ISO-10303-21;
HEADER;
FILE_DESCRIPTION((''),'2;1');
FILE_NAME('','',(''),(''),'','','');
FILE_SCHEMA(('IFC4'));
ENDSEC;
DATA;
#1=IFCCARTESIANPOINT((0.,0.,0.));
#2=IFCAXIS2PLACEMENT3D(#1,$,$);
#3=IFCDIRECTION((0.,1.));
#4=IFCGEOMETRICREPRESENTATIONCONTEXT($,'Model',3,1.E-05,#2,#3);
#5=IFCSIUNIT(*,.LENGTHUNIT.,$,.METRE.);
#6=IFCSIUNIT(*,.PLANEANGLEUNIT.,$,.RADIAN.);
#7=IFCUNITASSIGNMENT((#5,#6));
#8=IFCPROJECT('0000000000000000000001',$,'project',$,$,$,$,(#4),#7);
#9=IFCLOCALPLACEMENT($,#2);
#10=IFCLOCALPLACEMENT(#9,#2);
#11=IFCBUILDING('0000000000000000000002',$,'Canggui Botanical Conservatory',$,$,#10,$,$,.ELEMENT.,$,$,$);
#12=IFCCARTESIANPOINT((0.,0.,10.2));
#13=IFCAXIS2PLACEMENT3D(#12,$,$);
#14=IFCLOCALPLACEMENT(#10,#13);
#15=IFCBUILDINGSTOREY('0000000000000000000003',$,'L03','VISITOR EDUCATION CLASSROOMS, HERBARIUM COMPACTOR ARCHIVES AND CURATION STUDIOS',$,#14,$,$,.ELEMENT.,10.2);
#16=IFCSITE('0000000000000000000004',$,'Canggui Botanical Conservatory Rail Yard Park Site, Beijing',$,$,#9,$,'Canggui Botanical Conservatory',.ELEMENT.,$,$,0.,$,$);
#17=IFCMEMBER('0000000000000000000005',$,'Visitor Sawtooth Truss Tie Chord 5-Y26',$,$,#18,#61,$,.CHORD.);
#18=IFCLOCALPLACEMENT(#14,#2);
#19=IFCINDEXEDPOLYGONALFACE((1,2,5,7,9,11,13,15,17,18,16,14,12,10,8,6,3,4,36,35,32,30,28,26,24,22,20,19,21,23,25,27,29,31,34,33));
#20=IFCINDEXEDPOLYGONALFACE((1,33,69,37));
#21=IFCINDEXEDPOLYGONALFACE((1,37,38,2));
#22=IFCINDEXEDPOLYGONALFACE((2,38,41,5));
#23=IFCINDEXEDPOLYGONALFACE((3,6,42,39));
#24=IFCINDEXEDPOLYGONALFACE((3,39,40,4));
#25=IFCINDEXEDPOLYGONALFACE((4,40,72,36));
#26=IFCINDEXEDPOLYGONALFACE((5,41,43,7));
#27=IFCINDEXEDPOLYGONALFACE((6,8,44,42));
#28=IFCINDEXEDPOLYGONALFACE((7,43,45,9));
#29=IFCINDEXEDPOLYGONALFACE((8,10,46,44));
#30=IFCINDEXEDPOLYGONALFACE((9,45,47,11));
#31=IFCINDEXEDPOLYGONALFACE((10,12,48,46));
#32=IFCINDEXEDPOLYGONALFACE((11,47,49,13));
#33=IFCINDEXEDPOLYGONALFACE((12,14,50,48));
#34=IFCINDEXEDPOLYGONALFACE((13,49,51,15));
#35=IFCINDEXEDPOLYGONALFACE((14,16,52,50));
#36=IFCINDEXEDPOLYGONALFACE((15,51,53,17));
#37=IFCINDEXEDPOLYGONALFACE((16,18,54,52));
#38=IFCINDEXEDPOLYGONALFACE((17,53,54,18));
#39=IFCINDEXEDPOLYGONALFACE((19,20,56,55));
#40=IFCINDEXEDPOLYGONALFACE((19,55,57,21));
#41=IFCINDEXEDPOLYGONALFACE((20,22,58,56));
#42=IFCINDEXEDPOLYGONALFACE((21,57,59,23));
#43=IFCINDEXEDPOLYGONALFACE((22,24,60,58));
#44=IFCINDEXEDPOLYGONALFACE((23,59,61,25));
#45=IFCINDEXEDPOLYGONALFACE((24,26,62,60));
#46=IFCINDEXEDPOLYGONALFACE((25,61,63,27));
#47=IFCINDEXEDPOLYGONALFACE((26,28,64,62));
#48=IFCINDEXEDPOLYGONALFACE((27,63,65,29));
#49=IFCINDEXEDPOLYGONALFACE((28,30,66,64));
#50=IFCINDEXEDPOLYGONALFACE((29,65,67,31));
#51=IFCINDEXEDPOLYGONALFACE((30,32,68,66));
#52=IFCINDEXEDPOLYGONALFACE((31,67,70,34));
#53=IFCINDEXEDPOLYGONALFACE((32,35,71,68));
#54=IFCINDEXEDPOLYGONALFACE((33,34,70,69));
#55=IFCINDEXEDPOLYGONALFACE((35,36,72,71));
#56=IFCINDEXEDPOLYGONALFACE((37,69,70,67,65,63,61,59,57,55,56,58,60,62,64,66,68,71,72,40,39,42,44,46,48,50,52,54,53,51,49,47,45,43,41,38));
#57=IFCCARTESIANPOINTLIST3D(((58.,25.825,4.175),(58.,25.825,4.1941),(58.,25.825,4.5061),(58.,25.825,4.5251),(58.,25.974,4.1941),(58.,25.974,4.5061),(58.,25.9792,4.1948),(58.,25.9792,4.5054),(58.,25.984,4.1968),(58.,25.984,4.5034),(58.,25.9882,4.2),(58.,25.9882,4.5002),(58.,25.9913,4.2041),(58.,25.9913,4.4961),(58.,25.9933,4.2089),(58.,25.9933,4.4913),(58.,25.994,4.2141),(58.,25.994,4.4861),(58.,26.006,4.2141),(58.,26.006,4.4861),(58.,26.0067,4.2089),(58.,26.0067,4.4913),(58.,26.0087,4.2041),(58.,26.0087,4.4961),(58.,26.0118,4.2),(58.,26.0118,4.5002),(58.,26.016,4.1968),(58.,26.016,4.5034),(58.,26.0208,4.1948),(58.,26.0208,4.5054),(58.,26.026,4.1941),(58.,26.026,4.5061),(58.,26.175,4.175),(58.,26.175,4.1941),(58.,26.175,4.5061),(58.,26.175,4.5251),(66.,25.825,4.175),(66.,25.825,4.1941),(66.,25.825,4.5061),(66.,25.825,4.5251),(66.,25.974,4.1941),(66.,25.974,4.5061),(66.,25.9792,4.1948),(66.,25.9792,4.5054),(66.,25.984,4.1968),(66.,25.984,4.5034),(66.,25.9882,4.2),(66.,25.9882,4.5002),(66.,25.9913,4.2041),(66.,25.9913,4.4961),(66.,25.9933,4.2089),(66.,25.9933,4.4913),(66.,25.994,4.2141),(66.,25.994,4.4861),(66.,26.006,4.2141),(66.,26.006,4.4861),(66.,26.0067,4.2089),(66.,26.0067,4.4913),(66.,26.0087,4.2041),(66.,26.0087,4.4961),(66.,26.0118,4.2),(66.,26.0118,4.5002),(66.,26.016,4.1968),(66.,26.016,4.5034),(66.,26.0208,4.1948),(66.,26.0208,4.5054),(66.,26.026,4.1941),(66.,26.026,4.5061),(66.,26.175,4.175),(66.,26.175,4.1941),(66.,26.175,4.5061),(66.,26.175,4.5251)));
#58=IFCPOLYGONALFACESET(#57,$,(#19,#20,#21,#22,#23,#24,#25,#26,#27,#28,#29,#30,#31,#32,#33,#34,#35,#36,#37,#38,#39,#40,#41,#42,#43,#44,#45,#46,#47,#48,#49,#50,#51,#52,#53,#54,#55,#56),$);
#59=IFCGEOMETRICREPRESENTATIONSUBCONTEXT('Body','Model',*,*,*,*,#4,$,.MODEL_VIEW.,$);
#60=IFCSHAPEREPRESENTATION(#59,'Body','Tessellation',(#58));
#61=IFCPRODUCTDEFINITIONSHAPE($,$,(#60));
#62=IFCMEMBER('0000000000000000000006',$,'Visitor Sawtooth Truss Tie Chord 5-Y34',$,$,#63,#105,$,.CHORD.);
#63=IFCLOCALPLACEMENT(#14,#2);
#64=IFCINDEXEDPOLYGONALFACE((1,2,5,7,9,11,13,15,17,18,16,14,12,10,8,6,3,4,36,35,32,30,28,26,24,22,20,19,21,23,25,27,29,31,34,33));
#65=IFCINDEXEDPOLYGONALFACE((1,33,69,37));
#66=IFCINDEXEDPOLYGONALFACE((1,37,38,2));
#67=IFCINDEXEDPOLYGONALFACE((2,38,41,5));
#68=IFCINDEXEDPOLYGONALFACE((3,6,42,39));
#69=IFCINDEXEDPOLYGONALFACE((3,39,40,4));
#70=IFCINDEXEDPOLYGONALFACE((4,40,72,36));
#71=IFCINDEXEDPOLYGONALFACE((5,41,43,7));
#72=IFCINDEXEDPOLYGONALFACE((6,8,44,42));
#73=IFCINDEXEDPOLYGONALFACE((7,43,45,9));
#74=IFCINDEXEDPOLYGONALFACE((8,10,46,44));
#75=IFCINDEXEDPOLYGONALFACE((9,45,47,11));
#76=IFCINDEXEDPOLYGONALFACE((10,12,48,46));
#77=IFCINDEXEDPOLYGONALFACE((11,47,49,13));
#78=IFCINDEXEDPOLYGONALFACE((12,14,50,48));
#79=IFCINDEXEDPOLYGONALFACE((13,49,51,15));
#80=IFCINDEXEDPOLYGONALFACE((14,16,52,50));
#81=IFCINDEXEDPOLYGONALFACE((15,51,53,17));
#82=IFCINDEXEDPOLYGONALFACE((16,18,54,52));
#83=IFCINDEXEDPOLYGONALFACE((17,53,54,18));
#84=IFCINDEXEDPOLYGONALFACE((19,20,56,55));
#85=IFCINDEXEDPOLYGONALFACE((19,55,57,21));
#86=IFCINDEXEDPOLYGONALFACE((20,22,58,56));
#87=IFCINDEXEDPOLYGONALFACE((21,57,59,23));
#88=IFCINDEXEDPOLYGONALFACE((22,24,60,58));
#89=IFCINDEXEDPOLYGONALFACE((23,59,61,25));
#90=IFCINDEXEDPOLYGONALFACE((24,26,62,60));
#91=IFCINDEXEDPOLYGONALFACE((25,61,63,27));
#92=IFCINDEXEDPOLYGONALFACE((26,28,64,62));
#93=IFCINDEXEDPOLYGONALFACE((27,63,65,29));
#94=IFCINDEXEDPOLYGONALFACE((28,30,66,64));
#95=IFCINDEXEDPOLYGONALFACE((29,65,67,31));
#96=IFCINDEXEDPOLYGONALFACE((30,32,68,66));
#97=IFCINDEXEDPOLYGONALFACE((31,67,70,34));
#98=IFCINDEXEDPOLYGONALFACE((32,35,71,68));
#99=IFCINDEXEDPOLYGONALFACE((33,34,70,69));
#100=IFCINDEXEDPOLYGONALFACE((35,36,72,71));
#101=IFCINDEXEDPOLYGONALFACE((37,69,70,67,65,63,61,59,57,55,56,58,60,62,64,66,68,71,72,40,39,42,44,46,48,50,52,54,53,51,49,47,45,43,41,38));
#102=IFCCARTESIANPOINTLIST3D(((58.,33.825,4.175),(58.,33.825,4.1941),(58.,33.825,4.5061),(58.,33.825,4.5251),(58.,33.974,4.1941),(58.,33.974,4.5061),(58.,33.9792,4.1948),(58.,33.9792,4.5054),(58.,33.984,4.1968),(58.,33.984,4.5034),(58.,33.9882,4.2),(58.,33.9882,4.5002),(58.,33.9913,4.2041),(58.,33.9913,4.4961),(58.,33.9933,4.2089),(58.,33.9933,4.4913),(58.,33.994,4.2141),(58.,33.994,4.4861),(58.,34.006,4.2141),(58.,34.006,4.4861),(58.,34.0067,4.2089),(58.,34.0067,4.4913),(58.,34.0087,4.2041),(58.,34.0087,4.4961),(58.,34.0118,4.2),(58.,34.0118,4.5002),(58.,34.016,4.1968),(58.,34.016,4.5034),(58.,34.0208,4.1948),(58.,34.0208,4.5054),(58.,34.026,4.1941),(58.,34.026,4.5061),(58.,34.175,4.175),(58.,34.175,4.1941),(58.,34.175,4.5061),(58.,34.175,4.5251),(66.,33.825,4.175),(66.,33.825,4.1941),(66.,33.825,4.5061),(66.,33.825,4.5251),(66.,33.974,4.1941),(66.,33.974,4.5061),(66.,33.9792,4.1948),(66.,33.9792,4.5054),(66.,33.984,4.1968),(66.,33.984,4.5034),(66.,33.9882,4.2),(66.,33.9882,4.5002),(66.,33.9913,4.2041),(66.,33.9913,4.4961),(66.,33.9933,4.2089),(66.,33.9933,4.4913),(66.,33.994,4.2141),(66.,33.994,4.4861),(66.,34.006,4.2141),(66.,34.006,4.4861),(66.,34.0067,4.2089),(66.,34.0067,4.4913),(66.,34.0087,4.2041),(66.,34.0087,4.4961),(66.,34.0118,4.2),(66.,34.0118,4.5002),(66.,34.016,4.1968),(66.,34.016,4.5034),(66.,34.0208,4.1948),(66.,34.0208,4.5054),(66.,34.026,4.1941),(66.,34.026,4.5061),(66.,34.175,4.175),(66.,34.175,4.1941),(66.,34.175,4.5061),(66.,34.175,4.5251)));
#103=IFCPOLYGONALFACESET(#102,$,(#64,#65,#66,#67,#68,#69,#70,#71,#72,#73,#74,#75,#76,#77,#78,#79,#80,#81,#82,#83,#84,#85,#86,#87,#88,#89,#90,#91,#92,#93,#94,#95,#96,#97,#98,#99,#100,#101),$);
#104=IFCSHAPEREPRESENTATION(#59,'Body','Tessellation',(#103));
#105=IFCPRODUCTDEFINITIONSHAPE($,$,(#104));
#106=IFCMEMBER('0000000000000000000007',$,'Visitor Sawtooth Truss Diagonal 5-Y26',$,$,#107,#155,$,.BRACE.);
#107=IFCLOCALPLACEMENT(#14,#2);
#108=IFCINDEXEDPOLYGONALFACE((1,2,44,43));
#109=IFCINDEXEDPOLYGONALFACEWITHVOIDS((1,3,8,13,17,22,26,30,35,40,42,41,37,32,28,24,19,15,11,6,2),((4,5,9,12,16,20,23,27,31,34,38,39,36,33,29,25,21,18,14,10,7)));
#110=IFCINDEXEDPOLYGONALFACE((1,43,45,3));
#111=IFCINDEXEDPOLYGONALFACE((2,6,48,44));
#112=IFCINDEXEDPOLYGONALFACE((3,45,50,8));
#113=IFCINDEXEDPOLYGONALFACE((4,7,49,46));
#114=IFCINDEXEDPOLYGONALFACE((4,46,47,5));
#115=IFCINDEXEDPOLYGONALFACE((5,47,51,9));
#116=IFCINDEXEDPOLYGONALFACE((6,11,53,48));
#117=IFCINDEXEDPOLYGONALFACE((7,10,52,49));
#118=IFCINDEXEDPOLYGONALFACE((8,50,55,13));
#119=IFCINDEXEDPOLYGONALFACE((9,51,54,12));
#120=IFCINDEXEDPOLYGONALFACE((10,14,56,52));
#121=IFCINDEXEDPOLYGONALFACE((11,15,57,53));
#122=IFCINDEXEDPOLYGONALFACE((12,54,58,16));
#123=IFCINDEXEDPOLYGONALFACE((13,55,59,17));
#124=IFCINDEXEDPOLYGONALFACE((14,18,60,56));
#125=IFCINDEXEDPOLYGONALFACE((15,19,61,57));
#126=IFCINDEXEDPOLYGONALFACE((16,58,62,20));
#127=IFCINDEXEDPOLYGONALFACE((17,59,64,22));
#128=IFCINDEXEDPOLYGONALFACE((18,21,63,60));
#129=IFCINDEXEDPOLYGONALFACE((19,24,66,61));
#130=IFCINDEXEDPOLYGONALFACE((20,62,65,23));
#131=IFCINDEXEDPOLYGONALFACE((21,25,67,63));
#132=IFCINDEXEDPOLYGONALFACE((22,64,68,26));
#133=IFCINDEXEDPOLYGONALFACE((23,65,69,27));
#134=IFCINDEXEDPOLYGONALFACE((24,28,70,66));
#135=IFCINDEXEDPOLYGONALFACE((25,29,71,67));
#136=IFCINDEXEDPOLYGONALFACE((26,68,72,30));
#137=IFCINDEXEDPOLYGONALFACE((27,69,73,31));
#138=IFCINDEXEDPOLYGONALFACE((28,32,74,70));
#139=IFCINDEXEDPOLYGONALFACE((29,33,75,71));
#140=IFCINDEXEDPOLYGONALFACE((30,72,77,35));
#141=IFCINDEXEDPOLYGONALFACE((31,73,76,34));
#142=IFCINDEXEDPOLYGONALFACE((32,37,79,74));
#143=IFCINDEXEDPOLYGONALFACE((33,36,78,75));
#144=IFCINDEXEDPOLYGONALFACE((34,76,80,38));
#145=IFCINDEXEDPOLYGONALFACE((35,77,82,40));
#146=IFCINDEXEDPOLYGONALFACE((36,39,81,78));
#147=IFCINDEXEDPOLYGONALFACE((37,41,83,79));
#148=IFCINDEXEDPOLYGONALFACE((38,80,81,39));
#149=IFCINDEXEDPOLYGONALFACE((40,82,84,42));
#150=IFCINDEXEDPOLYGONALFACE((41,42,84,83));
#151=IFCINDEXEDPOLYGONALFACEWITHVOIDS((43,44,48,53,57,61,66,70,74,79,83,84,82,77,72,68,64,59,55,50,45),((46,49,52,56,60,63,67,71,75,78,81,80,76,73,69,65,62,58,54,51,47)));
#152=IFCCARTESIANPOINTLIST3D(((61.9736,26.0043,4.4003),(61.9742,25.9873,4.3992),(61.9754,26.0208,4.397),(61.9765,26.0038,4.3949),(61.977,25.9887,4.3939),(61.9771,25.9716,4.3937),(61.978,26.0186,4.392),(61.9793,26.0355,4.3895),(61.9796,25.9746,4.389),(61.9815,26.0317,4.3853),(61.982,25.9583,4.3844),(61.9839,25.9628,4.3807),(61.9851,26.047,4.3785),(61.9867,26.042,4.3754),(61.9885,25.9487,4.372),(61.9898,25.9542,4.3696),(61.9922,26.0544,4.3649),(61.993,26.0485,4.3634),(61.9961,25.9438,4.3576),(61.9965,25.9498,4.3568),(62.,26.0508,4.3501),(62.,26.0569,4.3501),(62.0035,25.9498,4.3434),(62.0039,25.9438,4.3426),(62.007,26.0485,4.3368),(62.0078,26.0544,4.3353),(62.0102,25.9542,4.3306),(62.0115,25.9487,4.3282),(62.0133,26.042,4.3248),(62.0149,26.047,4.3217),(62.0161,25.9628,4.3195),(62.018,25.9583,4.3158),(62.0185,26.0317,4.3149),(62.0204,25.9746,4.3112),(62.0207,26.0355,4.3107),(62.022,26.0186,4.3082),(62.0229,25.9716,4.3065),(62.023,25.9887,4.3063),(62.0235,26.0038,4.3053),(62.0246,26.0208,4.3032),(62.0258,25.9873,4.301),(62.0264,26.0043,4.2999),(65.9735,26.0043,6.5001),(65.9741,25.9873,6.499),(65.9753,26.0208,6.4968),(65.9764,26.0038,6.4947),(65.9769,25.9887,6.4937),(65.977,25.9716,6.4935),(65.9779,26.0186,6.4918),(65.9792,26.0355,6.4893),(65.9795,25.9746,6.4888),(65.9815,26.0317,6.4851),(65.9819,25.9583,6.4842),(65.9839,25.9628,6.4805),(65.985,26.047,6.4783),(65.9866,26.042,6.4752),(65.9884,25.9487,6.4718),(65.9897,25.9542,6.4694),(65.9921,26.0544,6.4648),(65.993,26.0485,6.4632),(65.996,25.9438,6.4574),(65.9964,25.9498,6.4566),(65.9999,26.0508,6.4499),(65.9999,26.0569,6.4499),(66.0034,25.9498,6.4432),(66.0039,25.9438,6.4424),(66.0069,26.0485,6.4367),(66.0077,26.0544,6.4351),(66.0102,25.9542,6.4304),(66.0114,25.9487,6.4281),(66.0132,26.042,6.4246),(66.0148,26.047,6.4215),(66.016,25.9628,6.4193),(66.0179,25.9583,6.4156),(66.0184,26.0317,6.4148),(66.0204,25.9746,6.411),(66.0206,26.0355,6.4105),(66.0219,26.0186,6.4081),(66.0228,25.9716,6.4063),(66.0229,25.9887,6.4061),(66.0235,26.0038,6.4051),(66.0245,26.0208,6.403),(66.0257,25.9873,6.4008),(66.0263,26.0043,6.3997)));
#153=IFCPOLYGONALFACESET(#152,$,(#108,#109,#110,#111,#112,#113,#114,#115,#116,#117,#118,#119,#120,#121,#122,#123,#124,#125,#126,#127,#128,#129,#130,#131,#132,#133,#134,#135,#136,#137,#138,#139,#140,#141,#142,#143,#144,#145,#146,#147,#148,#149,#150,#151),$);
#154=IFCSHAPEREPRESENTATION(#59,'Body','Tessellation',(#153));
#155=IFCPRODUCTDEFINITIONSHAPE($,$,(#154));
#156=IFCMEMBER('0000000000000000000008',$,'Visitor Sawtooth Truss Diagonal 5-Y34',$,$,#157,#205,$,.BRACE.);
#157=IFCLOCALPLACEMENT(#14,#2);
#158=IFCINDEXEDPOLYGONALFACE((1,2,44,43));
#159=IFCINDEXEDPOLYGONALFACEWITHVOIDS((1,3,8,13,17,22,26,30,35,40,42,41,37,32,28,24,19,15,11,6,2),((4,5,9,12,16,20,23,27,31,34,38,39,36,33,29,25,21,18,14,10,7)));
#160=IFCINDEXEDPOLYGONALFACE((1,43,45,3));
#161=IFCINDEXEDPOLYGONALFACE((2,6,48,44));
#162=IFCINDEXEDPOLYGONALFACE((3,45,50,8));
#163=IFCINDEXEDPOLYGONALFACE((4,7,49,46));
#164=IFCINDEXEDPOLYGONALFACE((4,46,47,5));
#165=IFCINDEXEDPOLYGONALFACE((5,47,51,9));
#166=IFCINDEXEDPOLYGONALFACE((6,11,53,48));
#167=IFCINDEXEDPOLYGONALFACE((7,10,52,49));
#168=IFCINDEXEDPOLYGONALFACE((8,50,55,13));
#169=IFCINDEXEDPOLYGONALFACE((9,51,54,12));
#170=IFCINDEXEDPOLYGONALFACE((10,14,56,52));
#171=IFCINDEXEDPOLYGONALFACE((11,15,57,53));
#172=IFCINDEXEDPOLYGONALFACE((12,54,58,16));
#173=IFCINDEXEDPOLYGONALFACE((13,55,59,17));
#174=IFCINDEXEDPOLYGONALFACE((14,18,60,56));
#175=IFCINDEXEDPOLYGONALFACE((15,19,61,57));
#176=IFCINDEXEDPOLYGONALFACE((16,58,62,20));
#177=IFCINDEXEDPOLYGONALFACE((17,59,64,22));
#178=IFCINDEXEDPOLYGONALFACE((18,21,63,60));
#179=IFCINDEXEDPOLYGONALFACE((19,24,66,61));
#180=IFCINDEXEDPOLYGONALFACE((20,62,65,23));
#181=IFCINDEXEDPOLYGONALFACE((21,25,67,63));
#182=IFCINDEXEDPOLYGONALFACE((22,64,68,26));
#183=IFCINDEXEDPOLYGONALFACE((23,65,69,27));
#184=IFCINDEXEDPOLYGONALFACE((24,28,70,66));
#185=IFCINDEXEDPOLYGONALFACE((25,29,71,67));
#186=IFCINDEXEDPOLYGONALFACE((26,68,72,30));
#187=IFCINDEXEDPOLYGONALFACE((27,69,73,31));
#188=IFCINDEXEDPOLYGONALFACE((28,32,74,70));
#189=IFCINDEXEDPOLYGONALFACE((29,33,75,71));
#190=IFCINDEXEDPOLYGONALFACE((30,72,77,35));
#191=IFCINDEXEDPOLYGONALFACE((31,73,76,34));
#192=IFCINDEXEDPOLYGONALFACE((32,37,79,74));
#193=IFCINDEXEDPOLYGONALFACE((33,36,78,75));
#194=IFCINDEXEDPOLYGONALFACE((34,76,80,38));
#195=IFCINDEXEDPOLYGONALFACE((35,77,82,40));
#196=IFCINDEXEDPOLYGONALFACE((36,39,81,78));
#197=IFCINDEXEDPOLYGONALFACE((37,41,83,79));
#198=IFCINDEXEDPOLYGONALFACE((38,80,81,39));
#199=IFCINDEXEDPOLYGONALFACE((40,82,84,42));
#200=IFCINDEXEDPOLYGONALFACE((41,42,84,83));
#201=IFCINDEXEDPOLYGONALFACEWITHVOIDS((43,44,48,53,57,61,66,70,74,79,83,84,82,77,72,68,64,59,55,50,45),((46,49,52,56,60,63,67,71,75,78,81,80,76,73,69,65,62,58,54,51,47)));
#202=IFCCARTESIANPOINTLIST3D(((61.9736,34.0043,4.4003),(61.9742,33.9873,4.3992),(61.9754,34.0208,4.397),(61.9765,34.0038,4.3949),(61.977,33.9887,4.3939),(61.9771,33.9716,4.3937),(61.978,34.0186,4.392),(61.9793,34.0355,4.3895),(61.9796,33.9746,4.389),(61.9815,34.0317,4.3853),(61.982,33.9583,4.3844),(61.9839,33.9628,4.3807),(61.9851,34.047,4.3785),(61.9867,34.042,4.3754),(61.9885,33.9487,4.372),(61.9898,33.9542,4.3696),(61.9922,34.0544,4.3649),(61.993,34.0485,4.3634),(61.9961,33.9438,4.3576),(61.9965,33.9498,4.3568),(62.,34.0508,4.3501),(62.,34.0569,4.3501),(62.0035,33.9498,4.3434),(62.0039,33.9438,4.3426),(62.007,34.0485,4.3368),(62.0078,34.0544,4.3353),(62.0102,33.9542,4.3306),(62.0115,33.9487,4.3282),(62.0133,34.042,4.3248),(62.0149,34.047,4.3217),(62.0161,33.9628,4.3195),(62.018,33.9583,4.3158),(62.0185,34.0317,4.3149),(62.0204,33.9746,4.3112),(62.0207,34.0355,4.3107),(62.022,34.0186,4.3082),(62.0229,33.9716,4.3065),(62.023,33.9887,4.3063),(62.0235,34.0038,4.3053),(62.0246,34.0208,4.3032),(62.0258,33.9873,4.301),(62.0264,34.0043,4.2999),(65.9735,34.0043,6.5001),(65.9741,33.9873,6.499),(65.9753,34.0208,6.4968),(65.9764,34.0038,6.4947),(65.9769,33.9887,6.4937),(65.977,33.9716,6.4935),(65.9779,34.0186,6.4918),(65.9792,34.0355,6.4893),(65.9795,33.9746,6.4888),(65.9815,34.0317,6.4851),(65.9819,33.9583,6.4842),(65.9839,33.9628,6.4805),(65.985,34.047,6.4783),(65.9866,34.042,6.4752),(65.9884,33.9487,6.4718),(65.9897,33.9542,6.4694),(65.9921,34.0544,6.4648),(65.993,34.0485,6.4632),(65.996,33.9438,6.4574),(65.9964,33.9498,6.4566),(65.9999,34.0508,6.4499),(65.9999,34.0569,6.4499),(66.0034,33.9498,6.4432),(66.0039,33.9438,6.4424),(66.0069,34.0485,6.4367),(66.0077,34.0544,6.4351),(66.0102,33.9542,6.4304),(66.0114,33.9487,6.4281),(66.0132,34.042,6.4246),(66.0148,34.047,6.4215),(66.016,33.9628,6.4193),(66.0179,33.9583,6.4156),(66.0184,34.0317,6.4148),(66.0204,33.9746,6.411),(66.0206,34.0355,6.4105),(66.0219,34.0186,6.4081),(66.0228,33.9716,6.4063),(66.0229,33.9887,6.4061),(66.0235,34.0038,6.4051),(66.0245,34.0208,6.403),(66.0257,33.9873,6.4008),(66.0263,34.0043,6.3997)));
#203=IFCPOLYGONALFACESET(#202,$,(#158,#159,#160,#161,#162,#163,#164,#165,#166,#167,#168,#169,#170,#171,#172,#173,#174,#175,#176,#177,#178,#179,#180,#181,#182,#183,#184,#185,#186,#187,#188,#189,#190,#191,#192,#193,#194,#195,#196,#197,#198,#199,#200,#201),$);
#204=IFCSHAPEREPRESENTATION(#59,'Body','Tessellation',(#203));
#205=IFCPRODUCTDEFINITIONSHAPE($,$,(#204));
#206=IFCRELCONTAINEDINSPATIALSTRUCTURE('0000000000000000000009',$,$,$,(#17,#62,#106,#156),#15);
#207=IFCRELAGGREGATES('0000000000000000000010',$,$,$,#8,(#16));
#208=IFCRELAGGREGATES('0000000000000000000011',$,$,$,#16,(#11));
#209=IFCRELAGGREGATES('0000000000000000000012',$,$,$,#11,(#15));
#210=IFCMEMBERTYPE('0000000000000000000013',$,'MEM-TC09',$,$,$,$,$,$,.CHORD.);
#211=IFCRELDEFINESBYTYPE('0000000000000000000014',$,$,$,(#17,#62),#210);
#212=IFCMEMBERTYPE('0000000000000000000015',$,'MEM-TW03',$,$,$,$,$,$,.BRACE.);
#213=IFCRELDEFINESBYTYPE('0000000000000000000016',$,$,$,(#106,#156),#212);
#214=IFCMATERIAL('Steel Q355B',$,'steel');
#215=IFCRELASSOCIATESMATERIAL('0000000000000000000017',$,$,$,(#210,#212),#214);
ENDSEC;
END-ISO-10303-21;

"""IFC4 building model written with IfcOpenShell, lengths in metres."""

from ifc_helpers import new_model, si_unit, direction, frame, origin, origin_2d, place, context, subcontext, project, spatial, hollow_circle, i_section, extrude, material, material_profile, profile_set, type_object, element, save


model = new_model("IFC4")

# Units and contexts
model_context = context("Model", 3, precision=1e-05, world=origin(), true_north=direction((0.0, 1.0)))
body_context = subcontext(model_context, "Body", "Model", "MODEL_VIEW")
ifc_project = project(units=[si_unit("LENGTHUNIT", "METRE"), si_unit("PLANEANGLEUNIT", "RADIAN")], contexts=[model_context])

# Site, building, storey
site_placement = place(None, origin())
site = spatial("IfcSite", under=ifc_project, at=site_placement, Name="Canggui Botanical Conservatory Rail Yard Park Site, Beijing", LongName="Canggui Botanical Conservatory", CompositionType="ELEMENT", RefElevation=0.0)
building_placement = place(site_placement, origin())
building = spatial("IfcBuilding", under=site, at=building_placement, Name="Canggui Botanical Conservatory", CompositionType="ELEMENT")
storey_placement = place(building_placement, frame((0.0, 0.0, 10.2)))
storey = spatial("IfcBuildingStorey", under=building, at=storey_placement, Name="L03", Description="VISITOR EDUCATION CLASSROOMS, HERBARIUM COMPACTOR ARCHIVES AND CURATION STUDIOS", CompositionType="ELEMENT", Elevation=10.2)

# Shared definitions
ifc_material_1 = material(Name="Steel Q355B", Category="steel")

# Members
ifc_material_profile_1 = material_profile(ifc_material_1, i_section(OverallWidth=0.3501, OverallDepth=0.3501, WebThickness=0.012, FlangeThickness=0.019, FilletRadius=0.02, at=origin_2d()), Name="HW 350x350x12x19")
ifc_profile_set_1 = profile_set([ifc_material_profile_1], Name="Steel Q355B")
member_type_1 = type_object("IfcMemberType", Name="MEM-TC09", PredefinedType="CHORD", material=ifc_profile_set_1)
for number, where, z_axis, x_axis, name in (
    (1, (58.0, 26.0, 4.3501), (1.0, 0.0, 0.0), (0.0, 1.0, 0.0), "Visitor Sawtooth Truss Tie Chord 5-Y26"),
    (2, (58.0, 34.0, 4.3501), (1.0, 0.0, 0.0), (0.0, 1.0, 0.0), "Visitor Sawtooth Truss Tie Chord 5-Y34"),
):
    element("IfcMember", number, at=place(storey_placement, frame(where, z_axis=z_axis, x_axis=x_axis)), inside=storey, type_object=member_type_1, Name=name, PredefinedType="CHORD", context=body_context, shape_type="SweptSolid", body=[
        extrude(i_section(OverallWidth=0.3501, OverallDepth=0.3501, WebThickness=0.012, FlangeThickness=0.019, FilletRadius=0.02, at=origin_2d()), origin(), (0.0, 0.0, 1.0), 8.0),
    ])
ifc_material_profile_2 = material_profile(ifc_material_1, hollow_circle(Radius=0.0569, WallThickness=0.0061, at=origin_2d()), Name="CHS 114x6")
ifc_profile_set_2 = profile_set([ifc_material_profile_2], Name="Steel Q355B")
member_type_2 = type_object("IfcMemberType", Name="MEM-TW03", PredefinedType="BRACE", material=ifc_profile_set_2)
for number, where, z_axis, x_axis, name in (
    (3, (62.0, 26.0, 4.3501), (0.885411, 0.0, 0.464808), (0.0, 1.0, 0.0), "Visitor Sawtooth Truss Diagonal 5-Y26"),
    (4, (62.0, 34.0, 4.3501), (0.885411, 0.0, 0.464808), (0.0, 1.0, 0.0), "Visitor Sawtooth Truss Diagonal 5-Y34"),
):
    element("IfcMember", number, at=place(storey_placement, frame(where, z_axis=z_axis, x_axis=x_axis)), inside=storey, type_object=member_type_2, Name=name, PredefinedType="BRACE", context=body_context, shape_type="SweptSolid", body=[
        extrude(hollow_circle(Radius=0.0569, WallThickness=0.0061, at=origin_2d()), origin(), (0.0, 0.0, 1.0), 4.5176),
    ])

save(model, "model.ifc")
